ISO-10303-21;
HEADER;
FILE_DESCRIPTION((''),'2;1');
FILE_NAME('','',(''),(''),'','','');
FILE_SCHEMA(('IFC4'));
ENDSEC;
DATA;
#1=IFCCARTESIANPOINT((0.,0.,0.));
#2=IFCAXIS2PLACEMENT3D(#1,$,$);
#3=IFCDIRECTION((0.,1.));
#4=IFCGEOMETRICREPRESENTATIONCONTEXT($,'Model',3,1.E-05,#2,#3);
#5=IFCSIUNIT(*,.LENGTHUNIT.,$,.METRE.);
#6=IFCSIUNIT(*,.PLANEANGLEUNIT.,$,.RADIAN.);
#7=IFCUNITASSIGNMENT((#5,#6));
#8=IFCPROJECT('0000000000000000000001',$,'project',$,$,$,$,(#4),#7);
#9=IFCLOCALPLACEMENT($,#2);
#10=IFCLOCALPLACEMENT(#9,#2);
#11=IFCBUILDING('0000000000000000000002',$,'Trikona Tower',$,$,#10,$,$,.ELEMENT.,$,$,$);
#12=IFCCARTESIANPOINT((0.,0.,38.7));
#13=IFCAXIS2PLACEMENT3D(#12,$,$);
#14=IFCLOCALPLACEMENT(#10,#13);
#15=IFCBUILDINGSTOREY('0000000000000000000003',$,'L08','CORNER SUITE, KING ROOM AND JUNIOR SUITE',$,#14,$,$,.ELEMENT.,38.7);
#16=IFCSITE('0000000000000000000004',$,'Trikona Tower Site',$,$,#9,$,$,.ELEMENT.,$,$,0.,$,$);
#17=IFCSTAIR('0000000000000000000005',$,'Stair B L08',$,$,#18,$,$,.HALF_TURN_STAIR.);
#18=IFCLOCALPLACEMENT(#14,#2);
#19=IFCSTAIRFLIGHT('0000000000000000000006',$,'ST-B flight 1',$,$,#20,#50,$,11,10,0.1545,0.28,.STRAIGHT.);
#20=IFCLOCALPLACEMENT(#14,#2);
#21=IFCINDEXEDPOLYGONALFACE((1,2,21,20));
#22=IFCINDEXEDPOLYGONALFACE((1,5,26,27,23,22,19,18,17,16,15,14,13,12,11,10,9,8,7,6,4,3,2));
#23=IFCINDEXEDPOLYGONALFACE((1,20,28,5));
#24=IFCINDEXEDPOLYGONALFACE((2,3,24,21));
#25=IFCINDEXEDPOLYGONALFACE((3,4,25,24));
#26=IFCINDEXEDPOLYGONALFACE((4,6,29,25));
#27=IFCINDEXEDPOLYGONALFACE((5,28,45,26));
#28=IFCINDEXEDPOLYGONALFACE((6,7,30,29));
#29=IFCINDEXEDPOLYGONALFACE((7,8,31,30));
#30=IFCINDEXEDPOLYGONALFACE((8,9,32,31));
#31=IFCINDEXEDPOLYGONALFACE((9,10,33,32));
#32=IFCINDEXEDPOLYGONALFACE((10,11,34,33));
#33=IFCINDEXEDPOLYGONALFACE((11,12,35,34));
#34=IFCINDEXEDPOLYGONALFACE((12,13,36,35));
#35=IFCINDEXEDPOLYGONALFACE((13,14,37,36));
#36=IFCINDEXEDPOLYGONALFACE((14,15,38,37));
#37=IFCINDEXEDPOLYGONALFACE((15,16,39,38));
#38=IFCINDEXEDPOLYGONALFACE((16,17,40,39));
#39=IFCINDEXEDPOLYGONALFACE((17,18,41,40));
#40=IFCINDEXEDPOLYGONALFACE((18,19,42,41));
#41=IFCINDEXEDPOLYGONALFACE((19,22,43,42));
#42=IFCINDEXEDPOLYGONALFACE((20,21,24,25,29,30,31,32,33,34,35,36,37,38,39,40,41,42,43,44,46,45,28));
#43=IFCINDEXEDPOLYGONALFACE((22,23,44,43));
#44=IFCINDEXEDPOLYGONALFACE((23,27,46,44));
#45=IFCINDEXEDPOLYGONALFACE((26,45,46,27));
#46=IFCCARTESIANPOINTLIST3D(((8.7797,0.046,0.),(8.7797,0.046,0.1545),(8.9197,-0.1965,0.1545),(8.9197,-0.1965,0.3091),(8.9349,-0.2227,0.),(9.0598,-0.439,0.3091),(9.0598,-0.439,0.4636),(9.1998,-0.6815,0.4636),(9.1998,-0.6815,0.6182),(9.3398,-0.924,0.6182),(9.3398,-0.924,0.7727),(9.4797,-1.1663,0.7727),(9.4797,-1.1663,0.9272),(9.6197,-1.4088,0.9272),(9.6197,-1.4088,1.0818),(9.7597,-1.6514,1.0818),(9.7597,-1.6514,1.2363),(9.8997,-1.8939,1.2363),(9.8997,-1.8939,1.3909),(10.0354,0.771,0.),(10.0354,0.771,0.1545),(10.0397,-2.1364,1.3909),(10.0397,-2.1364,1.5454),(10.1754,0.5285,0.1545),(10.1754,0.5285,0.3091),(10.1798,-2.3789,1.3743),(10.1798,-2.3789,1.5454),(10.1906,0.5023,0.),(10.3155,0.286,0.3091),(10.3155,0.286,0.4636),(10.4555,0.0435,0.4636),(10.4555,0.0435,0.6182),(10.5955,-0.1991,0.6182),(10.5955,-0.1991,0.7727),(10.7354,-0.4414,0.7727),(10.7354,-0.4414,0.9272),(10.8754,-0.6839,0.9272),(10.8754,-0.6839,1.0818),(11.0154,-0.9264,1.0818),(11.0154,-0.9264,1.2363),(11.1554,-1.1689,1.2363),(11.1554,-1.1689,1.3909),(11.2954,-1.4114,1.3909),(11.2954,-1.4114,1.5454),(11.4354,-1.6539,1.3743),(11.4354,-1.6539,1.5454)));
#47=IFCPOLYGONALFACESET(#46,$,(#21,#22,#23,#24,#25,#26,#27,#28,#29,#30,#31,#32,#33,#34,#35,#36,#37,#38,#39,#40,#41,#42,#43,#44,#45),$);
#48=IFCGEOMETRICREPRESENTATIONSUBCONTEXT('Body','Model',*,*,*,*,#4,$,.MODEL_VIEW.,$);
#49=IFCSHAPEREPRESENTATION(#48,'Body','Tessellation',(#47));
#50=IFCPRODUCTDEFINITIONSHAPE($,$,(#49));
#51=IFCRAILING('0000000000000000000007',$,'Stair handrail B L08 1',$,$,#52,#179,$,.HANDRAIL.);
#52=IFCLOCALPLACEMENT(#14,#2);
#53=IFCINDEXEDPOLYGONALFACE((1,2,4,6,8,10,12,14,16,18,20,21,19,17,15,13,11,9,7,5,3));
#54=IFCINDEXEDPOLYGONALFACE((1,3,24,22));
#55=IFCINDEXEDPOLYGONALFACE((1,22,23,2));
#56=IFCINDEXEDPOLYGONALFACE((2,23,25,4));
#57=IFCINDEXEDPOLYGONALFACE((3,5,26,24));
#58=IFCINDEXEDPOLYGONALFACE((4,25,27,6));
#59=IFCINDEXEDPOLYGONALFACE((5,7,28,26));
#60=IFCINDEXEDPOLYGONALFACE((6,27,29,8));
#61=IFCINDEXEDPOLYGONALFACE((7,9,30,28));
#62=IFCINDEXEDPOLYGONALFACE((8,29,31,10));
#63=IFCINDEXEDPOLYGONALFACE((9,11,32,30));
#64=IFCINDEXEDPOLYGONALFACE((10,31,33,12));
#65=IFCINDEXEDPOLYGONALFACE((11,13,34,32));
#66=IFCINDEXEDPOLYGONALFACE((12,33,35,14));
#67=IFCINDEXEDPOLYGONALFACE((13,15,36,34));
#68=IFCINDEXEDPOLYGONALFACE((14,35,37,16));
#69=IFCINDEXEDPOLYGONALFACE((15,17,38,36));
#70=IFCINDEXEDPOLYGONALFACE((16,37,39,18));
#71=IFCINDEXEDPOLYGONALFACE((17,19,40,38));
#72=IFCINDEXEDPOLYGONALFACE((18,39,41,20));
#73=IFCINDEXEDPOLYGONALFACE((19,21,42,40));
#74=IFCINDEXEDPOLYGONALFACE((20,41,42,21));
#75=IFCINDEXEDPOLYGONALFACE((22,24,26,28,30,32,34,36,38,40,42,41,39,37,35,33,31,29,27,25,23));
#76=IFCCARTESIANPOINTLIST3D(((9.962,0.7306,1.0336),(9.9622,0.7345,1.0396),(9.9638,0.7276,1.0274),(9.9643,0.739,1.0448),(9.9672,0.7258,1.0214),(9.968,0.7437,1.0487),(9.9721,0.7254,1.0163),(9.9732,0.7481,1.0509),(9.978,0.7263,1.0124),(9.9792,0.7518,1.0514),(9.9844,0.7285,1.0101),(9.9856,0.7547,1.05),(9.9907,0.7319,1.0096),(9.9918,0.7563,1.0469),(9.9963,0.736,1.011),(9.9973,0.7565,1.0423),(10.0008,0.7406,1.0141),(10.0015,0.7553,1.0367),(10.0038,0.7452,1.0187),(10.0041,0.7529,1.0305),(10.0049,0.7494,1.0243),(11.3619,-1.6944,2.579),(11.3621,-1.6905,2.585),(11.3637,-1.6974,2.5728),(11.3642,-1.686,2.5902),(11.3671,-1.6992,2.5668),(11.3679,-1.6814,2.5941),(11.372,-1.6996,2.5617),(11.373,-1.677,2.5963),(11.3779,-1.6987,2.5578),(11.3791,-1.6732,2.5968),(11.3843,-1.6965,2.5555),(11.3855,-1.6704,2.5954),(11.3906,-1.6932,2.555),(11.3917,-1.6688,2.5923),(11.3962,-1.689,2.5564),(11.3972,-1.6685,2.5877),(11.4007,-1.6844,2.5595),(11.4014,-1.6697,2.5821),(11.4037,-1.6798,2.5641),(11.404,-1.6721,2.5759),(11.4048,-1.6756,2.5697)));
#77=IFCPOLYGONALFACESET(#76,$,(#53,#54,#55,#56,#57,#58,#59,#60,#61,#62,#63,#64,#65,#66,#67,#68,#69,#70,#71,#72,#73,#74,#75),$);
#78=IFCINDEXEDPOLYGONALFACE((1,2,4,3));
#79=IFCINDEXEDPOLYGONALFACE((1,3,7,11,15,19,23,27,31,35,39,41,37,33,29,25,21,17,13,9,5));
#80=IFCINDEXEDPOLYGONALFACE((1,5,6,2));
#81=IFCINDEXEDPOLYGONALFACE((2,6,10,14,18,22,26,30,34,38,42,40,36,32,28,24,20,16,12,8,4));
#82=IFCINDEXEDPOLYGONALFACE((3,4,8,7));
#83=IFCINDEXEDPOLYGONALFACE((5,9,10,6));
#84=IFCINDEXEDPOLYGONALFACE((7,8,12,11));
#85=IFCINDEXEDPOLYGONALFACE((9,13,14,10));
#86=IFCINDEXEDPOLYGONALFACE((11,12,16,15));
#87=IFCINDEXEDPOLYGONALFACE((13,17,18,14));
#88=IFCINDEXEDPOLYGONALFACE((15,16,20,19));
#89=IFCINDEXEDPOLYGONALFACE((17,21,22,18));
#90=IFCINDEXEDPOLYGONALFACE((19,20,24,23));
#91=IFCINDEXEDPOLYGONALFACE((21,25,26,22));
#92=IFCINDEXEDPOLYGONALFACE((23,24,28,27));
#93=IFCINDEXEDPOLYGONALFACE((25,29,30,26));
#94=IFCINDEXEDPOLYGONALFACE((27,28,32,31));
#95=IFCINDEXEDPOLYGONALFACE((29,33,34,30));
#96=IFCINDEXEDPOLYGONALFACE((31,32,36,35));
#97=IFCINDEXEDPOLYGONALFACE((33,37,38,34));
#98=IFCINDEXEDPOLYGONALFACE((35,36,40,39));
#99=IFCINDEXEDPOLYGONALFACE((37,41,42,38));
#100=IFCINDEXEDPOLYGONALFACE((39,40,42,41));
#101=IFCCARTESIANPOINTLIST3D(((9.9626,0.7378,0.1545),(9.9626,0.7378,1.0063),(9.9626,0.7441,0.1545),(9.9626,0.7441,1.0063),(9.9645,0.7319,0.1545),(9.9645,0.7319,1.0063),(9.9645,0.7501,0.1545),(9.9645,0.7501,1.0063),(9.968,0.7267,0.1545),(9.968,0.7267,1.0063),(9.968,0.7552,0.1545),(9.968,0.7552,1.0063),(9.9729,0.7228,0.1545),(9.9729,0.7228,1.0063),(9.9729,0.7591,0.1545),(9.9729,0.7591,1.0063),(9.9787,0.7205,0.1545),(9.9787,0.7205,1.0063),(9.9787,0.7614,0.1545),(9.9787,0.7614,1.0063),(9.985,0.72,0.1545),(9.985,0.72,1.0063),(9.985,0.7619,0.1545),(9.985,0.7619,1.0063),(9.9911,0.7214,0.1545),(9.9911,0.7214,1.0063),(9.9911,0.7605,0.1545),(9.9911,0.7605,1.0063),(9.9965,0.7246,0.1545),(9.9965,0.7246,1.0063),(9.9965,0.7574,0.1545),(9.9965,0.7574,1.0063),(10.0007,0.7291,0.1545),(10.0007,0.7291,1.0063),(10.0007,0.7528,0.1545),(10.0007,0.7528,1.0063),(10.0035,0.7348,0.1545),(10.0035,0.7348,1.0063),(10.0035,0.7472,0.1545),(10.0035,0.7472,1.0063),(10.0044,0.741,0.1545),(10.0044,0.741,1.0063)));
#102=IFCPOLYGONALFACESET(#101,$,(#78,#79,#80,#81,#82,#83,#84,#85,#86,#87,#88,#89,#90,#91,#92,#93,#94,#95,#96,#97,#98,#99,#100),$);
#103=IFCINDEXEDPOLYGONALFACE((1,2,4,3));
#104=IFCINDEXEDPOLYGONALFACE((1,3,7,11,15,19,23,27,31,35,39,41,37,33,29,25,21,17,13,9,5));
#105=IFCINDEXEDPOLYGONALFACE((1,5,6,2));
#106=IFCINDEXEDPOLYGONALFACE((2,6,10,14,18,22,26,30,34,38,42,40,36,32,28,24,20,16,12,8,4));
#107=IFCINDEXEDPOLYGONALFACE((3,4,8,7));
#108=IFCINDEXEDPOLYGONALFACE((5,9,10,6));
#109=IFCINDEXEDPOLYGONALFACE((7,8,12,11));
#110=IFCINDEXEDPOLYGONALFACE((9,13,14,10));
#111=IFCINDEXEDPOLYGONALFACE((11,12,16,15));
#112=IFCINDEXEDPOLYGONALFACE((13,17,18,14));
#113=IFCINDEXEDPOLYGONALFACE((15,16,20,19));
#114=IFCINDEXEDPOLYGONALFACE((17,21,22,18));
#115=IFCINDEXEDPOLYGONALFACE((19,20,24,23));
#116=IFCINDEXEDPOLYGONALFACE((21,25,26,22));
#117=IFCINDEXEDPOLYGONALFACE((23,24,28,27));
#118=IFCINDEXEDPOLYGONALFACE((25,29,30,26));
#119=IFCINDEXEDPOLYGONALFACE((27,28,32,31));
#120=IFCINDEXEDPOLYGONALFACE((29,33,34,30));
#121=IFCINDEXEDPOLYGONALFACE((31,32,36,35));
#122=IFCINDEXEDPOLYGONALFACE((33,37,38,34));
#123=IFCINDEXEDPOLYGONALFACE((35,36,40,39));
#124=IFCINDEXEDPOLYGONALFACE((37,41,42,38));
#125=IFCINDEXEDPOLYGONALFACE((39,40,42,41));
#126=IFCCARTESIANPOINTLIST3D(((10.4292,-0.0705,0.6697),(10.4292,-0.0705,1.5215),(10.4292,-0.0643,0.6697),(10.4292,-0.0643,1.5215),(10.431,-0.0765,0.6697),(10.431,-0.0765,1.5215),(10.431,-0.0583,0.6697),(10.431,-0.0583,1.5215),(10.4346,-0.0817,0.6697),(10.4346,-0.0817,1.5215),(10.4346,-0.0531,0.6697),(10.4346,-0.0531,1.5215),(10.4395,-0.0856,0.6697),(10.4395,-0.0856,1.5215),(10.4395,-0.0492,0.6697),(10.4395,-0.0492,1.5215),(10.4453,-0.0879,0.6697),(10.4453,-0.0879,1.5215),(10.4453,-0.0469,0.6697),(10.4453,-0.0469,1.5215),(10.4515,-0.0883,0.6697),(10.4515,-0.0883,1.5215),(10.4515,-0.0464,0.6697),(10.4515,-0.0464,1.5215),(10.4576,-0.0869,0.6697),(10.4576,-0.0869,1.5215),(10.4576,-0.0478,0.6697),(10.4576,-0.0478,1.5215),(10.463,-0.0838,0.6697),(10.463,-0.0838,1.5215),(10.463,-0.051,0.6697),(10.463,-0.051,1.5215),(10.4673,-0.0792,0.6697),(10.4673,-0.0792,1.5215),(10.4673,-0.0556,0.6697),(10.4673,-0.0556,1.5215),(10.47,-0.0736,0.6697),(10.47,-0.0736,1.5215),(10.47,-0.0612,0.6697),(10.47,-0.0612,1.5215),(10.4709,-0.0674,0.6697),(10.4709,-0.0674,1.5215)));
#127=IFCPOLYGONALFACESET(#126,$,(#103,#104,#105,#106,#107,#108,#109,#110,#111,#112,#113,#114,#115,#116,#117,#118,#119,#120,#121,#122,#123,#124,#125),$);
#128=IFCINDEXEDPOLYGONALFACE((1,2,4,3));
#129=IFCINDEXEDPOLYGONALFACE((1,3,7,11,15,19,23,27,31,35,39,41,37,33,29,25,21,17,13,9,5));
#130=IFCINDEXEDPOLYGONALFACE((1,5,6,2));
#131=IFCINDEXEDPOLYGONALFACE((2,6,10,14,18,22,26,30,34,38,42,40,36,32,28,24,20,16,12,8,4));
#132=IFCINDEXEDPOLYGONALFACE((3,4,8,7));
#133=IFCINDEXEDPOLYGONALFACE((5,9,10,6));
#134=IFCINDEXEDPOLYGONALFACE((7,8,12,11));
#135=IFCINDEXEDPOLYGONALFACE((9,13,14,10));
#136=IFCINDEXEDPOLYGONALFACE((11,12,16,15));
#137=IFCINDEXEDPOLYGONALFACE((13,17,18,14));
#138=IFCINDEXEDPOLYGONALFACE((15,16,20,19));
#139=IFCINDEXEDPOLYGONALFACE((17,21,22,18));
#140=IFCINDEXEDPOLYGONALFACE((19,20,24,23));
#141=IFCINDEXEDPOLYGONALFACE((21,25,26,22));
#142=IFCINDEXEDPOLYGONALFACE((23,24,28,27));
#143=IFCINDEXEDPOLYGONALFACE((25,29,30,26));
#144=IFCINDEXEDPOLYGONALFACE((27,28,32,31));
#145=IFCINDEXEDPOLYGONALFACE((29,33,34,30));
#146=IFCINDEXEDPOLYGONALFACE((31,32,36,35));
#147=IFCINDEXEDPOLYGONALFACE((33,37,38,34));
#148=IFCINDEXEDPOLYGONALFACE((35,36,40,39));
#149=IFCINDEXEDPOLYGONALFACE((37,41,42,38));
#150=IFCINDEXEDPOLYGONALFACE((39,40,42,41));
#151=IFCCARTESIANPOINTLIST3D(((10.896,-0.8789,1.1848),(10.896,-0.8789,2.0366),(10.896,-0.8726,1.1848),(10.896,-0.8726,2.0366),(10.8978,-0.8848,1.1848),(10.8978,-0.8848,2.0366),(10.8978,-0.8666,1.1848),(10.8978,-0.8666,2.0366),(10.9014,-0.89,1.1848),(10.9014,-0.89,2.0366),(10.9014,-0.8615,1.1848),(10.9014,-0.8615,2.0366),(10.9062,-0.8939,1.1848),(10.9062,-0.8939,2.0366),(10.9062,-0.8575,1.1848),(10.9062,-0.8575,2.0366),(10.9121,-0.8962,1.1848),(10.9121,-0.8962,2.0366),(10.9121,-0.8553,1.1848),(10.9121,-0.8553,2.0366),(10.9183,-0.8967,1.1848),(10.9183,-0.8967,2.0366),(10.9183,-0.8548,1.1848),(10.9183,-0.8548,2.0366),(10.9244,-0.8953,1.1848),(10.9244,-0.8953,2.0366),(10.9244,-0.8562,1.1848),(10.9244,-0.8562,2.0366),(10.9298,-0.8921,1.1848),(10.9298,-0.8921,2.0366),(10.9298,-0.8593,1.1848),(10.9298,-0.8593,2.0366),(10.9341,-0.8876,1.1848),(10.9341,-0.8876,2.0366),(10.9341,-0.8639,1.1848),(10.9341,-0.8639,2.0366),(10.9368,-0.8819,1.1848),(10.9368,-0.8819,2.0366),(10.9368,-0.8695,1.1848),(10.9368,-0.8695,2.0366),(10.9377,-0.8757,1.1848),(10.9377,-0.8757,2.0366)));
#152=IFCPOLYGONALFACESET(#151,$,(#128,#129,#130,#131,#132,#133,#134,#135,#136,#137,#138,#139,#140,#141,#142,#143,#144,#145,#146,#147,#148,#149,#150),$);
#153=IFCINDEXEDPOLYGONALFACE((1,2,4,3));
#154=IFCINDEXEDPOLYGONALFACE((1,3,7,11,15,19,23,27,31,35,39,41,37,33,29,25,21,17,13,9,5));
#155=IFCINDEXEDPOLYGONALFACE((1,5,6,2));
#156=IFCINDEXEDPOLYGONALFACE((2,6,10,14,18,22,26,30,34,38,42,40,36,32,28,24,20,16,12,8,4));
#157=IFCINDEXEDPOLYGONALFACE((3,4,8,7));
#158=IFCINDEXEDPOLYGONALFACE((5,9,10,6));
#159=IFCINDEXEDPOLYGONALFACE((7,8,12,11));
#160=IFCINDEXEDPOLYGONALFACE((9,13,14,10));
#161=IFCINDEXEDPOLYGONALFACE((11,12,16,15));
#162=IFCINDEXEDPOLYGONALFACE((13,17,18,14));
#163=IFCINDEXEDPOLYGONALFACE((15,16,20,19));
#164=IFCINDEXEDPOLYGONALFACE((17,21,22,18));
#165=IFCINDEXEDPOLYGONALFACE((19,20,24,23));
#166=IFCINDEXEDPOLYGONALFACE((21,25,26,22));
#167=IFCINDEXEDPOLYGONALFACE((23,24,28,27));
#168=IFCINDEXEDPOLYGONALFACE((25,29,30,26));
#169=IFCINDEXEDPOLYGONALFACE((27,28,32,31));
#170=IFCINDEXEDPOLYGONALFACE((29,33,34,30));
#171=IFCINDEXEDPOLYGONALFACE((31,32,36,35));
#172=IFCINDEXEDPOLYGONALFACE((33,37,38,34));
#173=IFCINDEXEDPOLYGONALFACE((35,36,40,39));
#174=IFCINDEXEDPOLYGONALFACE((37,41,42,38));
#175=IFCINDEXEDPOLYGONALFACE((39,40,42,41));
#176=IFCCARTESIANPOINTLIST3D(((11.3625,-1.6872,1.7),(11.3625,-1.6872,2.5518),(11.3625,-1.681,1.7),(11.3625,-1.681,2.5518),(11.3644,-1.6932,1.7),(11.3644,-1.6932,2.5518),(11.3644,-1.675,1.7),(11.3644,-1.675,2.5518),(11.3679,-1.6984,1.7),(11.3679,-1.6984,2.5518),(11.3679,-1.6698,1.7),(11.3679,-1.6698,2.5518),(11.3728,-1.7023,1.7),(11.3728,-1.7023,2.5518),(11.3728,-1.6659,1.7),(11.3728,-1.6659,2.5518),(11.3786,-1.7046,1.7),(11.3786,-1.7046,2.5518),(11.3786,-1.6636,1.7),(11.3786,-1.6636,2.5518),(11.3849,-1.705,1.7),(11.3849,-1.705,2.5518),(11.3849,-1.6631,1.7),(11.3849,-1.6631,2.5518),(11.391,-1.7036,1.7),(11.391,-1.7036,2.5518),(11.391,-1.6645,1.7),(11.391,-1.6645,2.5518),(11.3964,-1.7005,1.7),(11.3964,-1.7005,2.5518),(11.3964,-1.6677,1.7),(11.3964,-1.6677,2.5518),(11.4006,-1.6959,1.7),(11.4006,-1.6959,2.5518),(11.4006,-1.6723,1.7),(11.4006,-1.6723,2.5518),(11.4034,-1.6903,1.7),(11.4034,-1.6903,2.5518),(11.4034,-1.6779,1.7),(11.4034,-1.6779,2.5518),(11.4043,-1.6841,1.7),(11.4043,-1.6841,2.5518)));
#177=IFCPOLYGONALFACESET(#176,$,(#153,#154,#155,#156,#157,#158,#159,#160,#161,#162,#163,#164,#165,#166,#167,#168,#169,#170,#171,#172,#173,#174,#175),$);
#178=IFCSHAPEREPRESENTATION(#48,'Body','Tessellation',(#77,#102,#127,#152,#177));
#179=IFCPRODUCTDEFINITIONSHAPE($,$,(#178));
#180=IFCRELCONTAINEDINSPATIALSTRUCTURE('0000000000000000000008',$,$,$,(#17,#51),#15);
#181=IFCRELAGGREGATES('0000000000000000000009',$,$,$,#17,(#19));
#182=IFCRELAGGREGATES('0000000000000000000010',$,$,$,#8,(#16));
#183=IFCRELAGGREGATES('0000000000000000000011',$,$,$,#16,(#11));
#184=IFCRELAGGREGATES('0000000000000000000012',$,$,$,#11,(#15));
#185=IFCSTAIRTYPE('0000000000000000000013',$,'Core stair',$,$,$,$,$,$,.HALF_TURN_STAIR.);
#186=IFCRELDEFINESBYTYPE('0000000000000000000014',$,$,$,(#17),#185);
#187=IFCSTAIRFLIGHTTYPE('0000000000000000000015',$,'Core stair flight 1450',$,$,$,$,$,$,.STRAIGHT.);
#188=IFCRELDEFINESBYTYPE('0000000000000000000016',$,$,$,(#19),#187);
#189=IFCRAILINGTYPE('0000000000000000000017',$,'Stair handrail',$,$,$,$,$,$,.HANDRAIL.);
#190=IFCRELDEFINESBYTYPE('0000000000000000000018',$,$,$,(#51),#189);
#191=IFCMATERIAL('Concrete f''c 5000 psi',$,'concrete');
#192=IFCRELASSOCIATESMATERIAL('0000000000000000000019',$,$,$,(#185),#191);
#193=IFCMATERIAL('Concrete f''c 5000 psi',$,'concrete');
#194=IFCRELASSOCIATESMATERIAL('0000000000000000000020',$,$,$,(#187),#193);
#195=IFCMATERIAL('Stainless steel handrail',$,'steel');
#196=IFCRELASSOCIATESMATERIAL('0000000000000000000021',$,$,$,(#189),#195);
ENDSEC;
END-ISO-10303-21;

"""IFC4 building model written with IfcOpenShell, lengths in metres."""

from ifc_helpers import new_model, si_unit, direction, frame, origin, origin_2d, place, context, subcontext, project, spatial, polyline, circle, outline, extrude, material, type_object, element, aggregate, save


model = new_model("IFC4")

# Units and contexts
model_context = context("Model", 3, precision=1e-05, world=origin(), true_north=direction((0.0, 1.0)))
body_context = subcontext(model_context, "Body", "Model", "MODEL_VIEW")
ifc_project = project(units=[si_unit("LENGTHUNIT", "METRE"), si_unit("PLANEANGLEUNIT", "RADIAN")], contexts=[model_context])

# Site, building, storey
site_placement = place(None, origin())
site = spatial("IfcSite", under=ifc_project, at=site_placement, Name="Trikona Tower Site", CompositionType="ELEMENT", RefElevation=0.0)
building_placement = place(site_placement, origin())
building = spatial("IfcBuilding", under=site, at=building_placement, Name="Trikona Tower", CompositionType="ELEMENT")
storey_placement = place(building_placement, frame((0.0, 0.0, 38.7)))
storey = spatial("IfcBuildingStorey", under=building, at=storey_placement, Name="L08", Description="CORNER SUITE, KING ROOM AND JUNIOR SUITE", CompositionType="ELEMENT", Elevation=38.7)

# Stair
ifc_material_1 = material(Name="Concrete f'c 5000 psi", Category="concrete")
stair_type = type_object("IfcStairType", Name="Core stair", PredefinedType="HALF_TURN_STAIR", material=ifc_material_1)
stair_1_placement = place(storey_placement, origin())
stair_1 = element("IfcStair", 1, at=stair_1_placement, inside=storey, type_object=stair_type, Name="Stair B L08", PredefinedType="HALF_TURN_STAIR")

# Stair flight
ifc_material_2 = material(Name="Concrete f'c 5000 psi", Category="concrete")
stair_flight_type = type_object("IfcStairFlightType", Name="Core stair flight 1450", PredefinedType="STRAIGHT", material=ifc_material_2)
stair_flight_placement = place(storey_placement, frame((9.4075, 0.4084, 0.0), z_axis=(0.0, 0.0, 1.0), x_axis=(0.5, -0.866025, 0.0)))
stair_flight = element("IfcStairFlight", 2, at=stair_flight_placement, type_object=stair_flight_type, Name="ST-B flight 1", NumberOfRisers=11, NumberOfTreads=10, PredefinedType="STRAIGHT", RiserHeight=0.1545, TreadLength=0.28, context=body_context, shape_type="SweptSolid", body=[
    extrude(outline(polyline([(0.0, 0.0), (0.0, 0.1545), (0.28, 0.1545), (0.28, 0.3091), (0.5601, 0.3091), (0.5601, 0.4636), (0.8401, 0.4636), (0.8401, 0.6182), (1.1201, 0.6182), (1.1201, 0.7727), (1.3999, 0.7727), (1.3999, 0.9272), (1.6799, 0.9272), (1.6799, 1.0818), (1.96, 1.0818), (1.96, 1.2363), (2.24, 1.2363), (2.24, 1.3909), (2.52, 1.3909), (2.52, 1.5454), (2.8, 1.5454), (2.8, 1.7), (2.8, 1.3743), (0.3103, 0.0), (0.0, 0.0)])), frame((0.0, 0.7251, 0.0), z_axis=(0.0, -1.0, 0.0), x_axis=(1.0, 0.0, 0.0)), (0.0, 0.0, 1.0), 1.45),
])
aggregate(stair_1, [stair_flight])

# Railing
ifc_material_3 = material(Name="Stainless steel handrail", Category="steel")
railing_type = type_object("IfcRailingType", Name="Stair handrail", PredefinedType="HANDRAIL", material=ifc_material_3)
railing_placement = place(storey_placement, frame((9.9834, 0.741, 0.1545)))
element("IfcRailing", 3, at=railing_placement, inside=storey, type_object=railing_type, Name="Stair handrail B L08 1", PredefinedType="HANDRAIL", context=body_context, shape_type="SweptSolid", body=[
    extrude(circle(Radius=0.0239, at=origin_2d()), frame((0.0, 0.0, 0.876), z_axis=(0.437707, -0.75824, 0.483203), x_axis=(0.866056, 0.499946, 0.0)), (0.0, 0.0, 1.0), 3.1982),
    extrude(circle(Radius=0.021, at=origin_2d()), origin(), (0.0, 0.0, 1.0), 0.8518),
    extrude(circle(Radius=0.021, at=origin_2d()), frame((0.4666, -0.8083, 0.5151)), (0.0, 0.0, 1.0), 0.8518),
    extrude(circle(Radius=0.021, at=origin_2d()), frame((0.9333, -1.6167, 1.0303)), (0.0, 0.0, 1.0), 0.8518),
    extrude(circle(Radius=0.021, at=origin_2d()), frame((1.3999, -2.425, 1.5454)), (0.0, 0.0, 1.0), 0.8518),
])

save(model, "model.ifc")
